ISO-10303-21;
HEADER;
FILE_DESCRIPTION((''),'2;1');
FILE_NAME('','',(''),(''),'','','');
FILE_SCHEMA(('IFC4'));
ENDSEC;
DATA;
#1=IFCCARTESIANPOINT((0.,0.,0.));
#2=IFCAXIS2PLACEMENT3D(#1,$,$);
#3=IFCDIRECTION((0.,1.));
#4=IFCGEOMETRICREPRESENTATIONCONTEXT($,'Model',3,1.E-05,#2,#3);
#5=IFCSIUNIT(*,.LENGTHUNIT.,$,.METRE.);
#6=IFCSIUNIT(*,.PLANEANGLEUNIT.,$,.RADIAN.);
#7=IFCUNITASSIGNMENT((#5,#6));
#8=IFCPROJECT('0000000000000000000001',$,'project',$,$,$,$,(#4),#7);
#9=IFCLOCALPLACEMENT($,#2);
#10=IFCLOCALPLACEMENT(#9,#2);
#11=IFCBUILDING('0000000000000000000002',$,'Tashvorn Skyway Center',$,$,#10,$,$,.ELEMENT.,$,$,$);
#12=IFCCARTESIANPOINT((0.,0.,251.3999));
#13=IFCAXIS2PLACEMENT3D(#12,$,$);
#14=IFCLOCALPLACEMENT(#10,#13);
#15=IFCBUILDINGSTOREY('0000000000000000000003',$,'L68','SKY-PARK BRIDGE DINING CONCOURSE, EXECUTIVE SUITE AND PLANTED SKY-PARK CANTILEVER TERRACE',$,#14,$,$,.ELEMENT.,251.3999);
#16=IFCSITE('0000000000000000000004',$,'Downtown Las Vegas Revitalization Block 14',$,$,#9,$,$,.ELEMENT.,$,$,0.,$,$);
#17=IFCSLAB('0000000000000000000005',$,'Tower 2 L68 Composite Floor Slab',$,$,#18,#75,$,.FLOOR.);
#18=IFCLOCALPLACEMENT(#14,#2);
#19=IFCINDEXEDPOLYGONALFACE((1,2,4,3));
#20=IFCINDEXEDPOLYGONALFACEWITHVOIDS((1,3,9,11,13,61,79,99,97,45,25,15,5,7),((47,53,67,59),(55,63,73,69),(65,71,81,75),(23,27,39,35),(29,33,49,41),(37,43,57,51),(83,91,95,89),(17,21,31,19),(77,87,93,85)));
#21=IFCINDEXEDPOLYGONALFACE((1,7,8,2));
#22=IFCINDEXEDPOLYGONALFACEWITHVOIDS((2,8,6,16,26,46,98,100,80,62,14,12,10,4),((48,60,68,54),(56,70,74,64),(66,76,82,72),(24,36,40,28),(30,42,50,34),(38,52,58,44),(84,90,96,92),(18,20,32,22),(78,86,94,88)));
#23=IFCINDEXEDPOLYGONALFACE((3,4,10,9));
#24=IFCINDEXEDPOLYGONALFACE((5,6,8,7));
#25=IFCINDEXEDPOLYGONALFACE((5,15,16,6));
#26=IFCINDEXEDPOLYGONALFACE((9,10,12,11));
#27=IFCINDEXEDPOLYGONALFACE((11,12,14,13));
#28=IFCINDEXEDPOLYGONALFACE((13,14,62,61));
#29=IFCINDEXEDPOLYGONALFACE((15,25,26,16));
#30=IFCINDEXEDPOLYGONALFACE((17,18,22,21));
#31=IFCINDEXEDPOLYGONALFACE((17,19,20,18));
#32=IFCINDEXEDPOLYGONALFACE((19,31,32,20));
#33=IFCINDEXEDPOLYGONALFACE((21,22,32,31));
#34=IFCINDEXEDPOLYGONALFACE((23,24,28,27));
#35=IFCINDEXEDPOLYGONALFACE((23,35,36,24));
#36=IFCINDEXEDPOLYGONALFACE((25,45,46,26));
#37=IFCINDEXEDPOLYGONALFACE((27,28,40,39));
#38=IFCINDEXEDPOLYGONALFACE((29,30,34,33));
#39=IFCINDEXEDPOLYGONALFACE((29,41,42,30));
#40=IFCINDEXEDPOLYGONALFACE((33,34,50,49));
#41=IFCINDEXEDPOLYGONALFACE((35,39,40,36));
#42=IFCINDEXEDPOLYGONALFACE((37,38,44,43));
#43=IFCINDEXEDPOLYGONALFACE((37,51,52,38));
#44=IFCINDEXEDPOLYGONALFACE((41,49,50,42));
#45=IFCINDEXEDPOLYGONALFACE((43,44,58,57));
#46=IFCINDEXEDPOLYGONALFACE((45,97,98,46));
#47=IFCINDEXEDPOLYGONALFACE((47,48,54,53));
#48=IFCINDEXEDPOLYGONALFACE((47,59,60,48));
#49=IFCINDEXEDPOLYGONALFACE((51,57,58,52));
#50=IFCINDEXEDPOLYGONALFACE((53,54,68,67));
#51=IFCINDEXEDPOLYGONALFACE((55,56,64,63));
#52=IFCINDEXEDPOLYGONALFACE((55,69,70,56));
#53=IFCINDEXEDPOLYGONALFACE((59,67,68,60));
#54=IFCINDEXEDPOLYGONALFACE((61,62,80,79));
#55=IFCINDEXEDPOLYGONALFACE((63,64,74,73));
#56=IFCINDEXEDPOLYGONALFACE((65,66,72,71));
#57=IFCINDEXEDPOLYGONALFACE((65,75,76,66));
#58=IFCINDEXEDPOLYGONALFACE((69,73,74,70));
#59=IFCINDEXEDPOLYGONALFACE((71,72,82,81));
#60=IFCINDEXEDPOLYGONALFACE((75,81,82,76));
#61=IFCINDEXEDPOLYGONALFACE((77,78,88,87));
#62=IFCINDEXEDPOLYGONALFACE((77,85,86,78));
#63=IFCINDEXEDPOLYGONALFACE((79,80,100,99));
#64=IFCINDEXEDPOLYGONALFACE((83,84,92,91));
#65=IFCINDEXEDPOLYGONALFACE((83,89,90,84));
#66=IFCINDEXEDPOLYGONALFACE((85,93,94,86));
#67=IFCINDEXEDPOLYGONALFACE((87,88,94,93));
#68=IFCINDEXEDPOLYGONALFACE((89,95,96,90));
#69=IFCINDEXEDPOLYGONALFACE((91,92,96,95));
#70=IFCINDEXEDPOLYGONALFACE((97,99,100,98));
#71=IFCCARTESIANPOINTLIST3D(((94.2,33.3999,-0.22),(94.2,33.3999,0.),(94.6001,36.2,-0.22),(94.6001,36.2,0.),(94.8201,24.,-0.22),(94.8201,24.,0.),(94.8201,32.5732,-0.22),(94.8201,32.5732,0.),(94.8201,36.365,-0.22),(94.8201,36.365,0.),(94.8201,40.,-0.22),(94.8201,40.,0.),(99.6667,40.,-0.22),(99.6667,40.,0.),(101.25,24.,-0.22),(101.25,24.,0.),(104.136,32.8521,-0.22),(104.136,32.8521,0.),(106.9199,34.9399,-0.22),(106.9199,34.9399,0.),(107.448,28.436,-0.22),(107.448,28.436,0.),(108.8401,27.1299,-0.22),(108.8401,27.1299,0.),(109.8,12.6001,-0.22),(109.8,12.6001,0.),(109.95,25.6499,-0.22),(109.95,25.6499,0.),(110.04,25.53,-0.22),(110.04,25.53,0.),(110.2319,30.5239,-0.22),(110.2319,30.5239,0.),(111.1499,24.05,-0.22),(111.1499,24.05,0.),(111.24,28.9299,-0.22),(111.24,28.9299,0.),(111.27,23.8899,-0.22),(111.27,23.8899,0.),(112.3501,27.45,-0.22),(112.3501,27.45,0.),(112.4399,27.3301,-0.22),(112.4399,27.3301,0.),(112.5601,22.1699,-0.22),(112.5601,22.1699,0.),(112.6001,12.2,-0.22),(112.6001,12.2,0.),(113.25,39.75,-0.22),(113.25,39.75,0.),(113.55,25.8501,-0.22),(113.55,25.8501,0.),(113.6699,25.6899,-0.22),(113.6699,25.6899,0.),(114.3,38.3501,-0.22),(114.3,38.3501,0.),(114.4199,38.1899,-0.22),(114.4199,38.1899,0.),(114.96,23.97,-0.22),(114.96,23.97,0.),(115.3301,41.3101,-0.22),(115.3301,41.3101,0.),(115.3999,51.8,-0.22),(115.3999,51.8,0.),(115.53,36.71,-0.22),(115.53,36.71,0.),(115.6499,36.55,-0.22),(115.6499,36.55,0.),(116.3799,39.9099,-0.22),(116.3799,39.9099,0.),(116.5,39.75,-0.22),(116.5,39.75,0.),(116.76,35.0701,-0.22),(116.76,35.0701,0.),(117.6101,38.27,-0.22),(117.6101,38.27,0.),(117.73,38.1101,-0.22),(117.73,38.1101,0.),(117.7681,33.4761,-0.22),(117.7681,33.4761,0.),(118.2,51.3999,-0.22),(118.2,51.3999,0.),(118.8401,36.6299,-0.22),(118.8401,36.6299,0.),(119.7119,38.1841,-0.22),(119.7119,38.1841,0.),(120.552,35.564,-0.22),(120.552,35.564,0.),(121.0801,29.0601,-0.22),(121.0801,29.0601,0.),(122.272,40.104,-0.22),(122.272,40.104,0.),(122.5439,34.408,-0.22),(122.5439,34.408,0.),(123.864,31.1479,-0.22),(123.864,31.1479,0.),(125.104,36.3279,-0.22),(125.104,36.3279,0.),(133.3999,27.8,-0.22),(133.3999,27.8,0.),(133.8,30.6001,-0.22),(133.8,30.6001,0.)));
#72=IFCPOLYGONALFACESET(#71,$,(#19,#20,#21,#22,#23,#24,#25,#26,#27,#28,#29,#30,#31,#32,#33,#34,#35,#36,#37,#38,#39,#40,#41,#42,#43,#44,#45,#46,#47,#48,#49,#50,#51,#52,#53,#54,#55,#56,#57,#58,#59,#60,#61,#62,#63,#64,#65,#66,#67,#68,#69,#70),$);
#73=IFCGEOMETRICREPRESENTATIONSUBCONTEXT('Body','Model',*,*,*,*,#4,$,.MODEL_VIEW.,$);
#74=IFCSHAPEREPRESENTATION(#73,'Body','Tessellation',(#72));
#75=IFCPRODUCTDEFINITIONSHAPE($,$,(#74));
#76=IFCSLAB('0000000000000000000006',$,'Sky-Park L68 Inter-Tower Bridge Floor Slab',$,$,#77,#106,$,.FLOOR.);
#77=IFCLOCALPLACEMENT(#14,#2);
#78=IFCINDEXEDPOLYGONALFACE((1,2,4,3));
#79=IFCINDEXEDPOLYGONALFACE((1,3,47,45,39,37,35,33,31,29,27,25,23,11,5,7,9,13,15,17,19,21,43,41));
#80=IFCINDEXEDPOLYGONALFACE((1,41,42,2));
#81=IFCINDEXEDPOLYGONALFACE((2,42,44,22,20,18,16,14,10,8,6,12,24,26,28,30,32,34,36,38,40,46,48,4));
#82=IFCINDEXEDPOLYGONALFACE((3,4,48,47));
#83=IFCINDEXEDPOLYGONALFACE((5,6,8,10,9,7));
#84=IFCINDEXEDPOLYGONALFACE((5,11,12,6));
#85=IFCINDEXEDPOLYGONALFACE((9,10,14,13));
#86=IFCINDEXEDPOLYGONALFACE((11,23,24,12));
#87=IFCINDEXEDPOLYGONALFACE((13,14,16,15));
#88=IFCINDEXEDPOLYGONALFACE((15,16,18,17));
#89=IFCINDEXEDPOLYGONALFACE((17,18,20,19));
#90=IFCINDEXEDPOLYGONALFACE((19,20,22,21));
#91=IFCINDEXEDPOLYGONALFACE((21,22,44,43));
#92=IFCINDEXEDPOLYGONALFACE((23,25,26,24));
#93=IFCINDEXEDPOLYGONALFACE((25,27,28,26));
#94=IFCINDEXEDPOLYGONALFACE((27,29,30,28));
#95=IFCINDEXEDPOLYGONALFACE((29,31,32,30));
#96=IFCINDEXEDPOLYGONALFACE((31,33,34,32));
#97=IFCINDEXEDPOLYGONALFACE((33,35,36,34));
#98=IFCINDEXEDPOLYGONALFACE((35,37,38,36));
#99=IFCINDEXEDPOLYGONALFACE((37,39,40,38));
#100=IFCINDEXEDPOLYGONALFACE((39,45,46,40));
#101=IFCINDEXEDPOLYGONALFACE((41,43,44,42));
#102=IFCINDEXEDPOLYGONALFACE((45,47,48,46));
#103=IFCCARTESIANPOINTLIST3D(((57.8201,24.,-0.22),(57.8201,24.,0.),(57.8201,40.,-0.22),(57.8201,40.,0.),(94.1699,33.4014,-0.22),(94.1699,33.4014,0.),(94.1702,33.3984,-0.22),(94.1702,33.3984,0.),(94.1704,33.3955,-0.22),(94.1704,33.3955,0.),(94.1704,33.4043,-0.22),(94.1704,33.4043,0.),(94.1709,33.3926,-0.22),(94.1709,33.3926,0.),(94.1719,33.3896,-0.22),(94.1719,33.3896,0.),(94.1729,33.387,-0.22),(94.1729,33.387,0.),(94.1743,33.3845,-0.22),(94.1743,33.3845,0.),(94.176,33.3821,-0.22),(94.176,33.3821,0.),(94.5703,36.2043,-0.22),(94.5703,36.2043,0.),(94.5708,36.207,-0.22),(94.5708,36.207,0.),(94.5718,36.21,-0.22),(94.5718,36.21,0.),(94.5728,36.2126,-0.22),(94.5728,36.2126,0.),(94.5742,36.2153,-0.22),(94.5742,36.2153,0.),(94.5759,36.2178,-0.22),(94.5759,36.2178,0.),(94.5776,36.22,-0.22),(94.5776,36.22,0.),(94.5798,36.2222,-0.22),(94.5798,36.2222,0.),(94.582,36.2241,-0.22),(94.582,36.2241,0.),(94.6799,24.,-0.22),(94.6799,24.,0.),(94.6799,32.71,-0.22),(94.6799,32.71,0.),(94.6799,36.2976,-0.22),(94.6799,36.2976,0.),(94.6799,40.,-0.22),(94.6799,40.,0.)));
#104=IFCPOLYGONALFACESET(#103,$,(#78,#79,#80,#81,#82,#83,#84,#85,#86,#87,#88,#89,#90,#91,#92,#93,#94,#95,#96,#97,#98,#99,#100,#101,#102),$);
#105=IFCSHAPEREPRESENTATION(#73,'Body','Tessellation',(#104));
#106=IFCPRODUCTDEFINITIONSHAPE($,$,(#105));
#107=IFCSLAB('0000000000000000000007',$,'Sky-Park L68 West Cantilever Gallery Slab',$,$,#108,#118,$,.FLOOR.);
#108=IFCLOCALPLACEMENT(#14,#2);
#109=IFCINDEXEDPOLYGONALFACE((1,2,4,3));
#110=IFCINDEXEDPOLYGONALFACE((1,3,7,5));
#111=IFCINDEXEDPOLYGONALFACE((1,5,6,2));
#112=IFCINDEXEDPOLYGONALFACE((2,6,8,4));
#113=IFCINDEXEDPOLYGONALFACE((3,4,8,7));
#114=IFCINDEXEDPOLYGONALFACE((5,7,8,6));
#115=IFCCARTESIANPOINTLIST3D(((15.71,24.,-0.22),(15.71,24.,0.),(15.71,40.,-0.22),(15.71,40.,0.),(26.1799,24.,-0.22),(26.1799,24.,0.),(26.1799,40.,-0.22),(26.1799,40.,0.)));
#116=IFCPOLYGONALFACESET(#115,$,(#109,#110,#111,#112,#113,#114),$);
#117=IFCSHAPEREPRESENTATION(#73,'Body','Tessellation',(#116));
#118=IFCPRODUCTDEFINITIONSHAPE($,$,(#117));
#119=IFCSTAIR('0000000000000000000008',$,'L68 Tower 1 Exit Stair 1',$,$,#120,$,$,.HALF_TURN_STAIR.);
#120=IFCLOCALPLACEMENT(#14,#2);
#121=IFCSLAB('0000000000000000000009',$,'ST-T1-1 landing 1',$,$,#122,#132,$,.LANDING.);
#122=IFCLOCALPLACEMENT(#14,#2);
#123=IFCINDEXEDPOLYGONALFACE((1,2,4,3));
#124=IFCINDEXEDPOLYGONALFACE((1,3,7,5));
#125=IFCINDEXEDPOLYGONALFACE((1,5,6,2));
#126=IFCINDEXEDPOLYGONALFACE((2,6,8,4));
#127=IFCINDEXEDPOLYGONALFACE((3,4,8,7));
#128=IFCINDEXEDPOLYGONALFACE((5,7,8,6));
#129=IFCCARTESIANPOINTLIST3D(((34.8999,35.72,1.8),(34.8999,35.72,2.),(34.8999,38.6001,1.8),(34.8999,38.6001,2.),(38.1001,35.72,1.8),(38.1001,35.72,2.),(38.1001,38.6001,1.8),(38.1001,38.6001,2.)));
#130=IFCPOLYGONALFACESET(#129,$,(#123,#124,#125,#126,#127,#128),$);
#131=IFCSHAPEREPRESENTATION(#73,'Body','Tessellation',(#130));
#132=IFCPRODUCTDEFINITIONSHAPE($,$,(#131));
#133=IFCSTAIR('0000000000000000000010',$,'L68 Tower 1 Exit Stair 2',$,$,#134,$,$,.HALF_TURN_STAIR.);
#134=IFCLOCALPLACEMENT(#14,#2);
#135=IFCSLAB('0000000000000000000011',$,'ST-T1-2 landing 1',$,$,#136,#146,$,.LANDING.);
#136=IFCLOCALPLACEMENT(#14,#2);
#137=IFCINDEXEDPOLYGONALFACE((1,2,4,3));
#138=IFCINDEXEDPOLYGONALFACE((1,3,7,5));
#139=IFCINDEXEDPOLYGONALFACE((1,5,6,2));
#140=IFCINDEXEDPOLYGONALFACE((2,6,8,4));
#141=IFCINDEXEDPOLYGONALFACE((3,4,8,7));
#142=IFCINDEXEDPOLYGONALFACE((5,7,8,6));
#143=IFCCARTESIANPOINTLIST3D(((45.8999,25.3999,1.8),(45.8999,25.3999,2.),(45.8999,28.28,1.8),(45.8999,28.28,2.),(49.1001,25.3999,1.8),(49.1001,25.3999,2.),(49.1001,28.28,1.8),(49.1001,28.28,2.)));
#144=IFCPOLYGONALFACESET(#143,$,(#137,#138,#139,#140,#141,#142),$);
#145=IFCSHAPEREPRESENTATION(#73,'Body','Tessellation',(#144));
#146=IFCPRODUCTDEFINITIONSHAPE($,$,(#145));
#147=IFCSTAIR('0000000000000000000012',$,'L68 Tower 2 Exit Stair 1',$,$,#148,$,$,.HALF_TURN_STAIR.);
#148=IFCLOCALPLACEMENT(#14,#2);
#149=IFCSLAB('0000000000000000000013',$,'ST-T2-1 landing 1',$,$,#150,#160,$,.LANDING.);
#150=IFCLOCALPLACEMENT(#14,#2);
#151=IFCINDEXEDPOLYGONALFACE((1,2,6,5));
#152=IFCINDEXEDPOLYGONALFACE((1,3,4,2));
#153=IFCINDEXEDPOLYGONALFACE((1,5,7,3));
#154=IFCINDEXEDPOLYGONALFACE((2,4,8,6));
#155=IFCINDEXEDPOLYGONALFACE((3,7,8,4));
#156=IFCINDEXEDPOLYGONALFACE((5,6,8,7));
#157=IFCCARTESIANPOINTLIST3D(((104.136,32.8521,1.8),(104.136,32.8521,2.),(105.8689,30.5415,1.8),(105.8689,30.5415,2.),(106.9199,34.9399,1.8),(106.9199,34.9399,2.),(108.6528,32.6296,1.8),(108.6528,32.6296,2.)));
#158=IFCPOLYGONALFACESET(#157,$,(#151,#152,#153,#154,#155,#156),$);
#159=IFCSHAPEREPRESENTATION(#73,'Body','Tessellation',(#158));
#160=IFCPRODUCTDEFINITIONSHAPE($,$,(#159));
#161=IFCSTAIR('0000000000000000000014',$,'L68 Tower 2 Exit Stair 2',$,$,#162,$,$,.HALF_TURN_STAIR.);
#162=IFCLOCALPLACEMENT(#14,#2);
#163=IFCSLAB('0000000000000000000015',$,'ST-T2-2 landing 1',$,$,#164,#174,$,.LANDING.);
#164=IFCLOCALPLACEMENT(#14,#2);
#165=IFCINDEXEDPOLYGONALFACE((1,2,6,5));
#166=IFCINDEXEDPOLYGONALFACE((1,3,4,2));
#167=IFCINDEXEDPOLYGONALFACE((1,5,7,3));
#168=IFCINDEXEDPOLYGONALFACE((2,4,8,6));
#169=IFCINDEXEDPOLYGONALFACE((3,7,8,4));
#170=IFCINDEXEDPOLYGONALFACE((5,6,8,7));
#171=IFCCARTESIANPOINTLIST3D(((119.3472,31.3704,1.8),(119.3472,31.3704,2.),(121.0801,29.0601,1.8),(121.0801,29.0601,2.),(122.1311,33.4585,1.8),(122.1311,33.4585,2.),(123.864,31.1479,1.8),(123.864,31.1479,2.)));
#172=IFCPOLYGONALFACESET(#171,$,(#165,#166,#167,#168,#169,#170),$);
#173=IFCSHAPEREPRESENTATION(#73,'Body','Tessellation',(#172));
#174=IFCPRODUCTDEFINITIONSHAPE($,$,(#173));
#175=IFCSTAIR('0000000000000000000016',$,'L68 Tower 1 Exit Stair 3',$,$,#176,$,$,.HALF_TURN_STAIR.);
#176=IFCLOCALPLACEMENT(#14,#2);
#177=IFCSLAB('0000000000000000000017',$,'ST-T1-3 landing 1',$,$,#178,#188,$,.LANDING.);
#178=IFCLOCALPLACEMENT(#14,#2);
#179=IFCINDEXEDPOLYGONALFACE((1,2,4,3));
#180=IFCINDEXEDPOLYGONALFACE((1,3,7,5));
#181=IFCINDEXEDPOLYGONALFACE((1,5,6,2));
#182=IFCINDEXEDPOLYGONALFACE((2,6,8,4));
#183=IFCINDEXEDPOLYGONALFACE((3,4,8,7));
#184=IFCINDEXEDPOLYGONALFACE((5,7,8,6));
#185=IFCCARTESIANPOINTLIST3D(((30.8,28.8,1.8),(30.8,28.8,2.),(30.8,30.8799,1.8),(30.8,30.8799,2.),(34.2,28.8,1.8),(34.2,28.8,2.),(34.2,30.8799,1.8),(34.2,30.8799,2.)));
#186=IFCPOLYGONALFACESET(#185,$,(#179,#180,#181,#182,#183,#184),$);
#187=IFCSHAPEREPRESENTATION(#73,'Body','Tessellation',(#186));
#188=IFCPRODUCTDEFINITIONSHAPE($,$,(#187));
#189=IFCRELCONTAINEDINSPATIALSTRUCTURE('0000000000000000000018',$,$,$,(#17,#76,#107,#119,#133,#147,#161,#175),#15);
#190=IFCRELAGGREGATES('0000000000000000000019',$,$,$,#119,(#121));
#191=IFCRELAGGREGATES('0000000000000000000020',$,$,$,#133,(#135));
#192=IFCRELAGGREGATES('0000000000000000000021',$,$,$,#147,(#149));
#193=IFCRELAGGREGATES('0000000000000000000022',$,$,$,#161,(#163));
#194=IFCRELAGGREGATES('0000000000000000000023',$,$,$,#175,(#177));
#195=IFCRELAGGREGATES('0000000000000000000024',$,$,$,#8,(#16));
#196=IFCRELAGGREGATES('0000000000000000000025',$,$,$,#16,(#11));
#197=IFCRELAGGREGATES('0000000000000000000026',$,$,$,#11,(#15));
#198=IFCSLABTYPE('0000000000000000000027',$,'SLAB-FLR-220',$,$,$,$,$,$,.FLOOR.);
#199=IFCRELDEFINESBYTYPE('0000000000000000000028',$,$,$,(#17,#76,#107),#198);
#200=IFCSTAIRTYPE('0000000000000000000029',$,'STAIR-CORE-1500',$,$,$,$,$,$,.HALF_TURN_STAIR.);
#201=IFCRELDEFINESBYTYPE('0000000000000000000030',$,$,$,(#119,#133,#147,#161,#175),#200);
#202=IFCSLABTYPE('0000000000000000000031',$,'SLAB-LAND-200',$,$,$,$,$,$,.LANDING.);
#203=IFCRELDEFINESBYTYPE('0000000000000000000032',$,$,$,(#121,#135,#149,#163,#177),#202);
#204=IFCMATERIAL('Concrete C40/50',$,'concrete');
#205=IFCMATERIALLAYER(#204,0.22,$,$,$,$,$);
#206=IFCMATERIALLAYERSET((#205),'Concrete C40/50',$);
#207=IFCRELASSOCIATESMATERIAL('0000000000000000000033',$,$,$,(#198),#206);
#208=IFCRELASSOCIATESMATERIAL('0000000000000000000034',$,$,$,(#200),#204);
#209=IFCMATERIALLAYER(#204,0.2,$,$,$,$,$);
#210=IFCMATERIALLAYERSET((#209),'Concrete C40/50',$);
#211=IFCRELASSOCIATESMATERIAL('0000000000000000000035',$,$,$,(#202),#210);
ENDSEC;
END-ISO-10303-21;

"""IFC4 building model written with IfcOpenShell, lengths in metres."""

from ifc_helpers import new_model, si_unit, direction, frame, origin, place, context, subcontext, project, spatial, polyline, outline, extrude, material, layer, layer_set, type_object, element, aggregate, save


model = new_model("IFC4")

# Units and contexts
model_context = context("Model", 3, precision=1e-05, world=origin(), true_north=direction((0.0, 1.0)))
body_context = subcontext(model_context, "Body", "Model", "MODEL_VIEW")
ifc_project = project(units=[si_unit("LENGTHUNIT", "METRE"), si_unit("PLANEANGLEUNIT", "RADIAN")], contexts=[model_context])

# Site, building, storey
site_placement = place(None, origin())
site = spatial("IfcSite", under=ifc_project, at=site_placement, Name="Downtown Las Vegas Revitalization Block 14", CompositionType="ELEMENT", RefElevation=0.0)
building_placement = place(site_placement, origin())
building = spatial("IfcBuilding", under=site, at=building_placement, Name="Tashvorn Skyway Center", CompositionType="ELEMENT")
storey_placement = place(building_placement, frame((0.0, 0.0, 251.3999)))
storey = spatial("IfcBuildingStorey", under=building, at=storey_placement, Name="L68", Description="SKY-PARK BRIDGE DINING CONCOURSE, EXECUTIVE SUITE AND PLANTED SKY-PARK CANTILEVER TERRACE", CompositionType="ELEMENT", Elevation=251.3999)

# Slabs
ifc_material_1 = material(Name="Concrete C40/50", Category="concrete")
ifc_layer_1 = layer(ifc_material_1, 0.22)
ifc_layer_set_1 = layer_set([ifc_layer_1], Name="Concrete C40/50")
slab_type_1 = type_object("IfcSlabType", Name="SLAB-FLR-220", PredefinedType="FLOOR", material=ifc_layer_set_1)
slab_1_placement = place(storey_placement, frame((0.0, 0.0, -0.22)))
element("IfcSlab", 1, at=slab_1_placement, inside=storey, type_object=slab_type_1, Name="Tower 2 L68 Composite Floor Slab", PredefinedType="FLOOR", context=body_context, shape_type="SweptSolid", body=[
    extrude(outline(polyline([(115.3999, 51.8), (118.2, 51.3999), (133.8, 30.6001), (133.3999, 27.8), (112.6001, 12.2), (109.8, 12.6001), (101.25, 24.0), (94.8201, 24.0), (94.8201, 32.5732), (94.2, 33.3999), (94.6001, 36.2), (94.8201, 36.365), (94.8201, 40.0), (99.6667, 40.0), (115.3999, 51.8)]), holes=[polyline([(110.2319, 30.5239), (106.9199, 34.9399), (104.136, 32.8521), (107.448, 28.436), (110.2319, 30.5239)]), polyline([(117.7681, 33.4761), (121.0801, 29.0601), (123.864, 31.1479), (120.552, 35.564), (117.7681, 33.4761)]), polyline([(119.7119, 38.1841), (122.5439, 34.408), (125.104, 36.3279), (122.272, 40.104), (119.7119, 38.1841)]), polyline([(109.95, 25.6499), (112.3501, 27.45), (111.24, 28.9299), (108.8401, 27.1299), (109.95, 25.6499)]), polyline([(111.1499, 24.05), (113.55, 25.8501), (112.4399, 27.3301), (110.04, 25.53), (111.1499, 24.05)]), polyline([(112.5601, 22.1699), (114.96, 23.97), (113.6699, 25.6899), (111.27, 23.8899), (112.5601, 22.1699)]), polyline([(116.76, 35.0701), (118.8401, 36.6299), (117.73, 38.1101), (115.6499, 36.55), (116.76, 35.0701)]), polyline([(115.53, 36.71), (117.6101, 38.27), (116.5, 39.75), (114.4199, 38.1899), (115.53, 36.71)]), polyline([(114.3, 38.3501), (116.3799, 39.9099), (115.3301, 41.3101), (113.25, 39.75), (114.3, 38.3501)])]), origin(), (0.0, 0.0, 1.0), 0.22),
])
slab_2_placement = place(storey_placement, frame((0.0, 0.0, -0.22)))
element("IfcSlab", 2, at=slab_2_placement, inside=storey, type_object=slab_type_1, Name="Sky-Park L68 Inter-Tower Bridge Floor Slab", PredefinedType="FLOOR", context=body_context, shape_type="SweptSolid", body=[
    extrude(outline(polyline([(94.6799, 24.0), (57.8201, 24.0), (57.8201, 40.0), (94.6799, 40.0), (94.6799, 36.2976), (94.582, 36.2241), (94.5798, 36.2222), (94.5776, 36.22), (94.5759, 36.2178), (94.5742, 36.2153), (94.5728, 36.2126), (94.5718, 36.21), (94.5708, 36.207), (94.5703, 36.2043), (94.1704, 33.4043), (94.1699, 33.4014), (94.1702, 33.3984), (94.1704, 33.3955), (94.1709, 33.3926), (94.1719, 33.3896), (94.1729, 33.387), (94.1743, 33.3845), (94.176, 33.3821), (94.6799, 32.71), (94.6799, 24.0)])), origin(), (0.0, 0.0, 1.0), 0.22),
])
slab_3_placement = place(storey_placement, frame((0.0, 0.0, -0.22)))
element("IfcSlab", 3, at=slab_3_placement, inside=storey, type_object=slab_type_1, Name="Sky-Park L68 West Cantilever Gallery Slab", PredefinedType="FLOOR", context=body_context, shape_type="SweptSolid", body=[
    extrude(outline(polyline([(15.71, 24.0), (26.1799, 24.0), (26.1799, 40.0), (15.71, 40.0), (15.71, 24.0)])), origin(), (0.0, 0.0, 1.0), 0.22),
])

# Stairs, slabs
stair_type = type_object("IfcStairType", Name="STAIR-CORE-1500", PredefinedType="HALF_TURN_STAIR", material=ifc_material_1)
stair_1_placement = place(storey_placement, origin())
stair_1 = element("IfcStair", 4, at=stair_1_placement, inside=storey, type_object=stair_type, Name="L68 Tower 1 Exit Stair 1", PredefinedType="HALF_TURN_STAIR")
ifc_layer_2 = layer(ifc_material_1, 0.2)
ifc_layer_set_2 = layer_set([ifc_layer_2], Name="Concrete C40/50")
slab_type_2 = type_object("IfcSlabType", Name="SLAB-LAND-200", PredefinedType="LANDING", material=ifc_layer_set_2)
slab_4_placement = place(storey_placement, frame((0.0, 0.0, 1.8)))
slab_4 = element("IfcSlab", 5, at=slab_4_placement, type_object=slab_type_2, Name="ST-T1-1 landing 1", PredefinedType="LANDING", context=body_context, shape_type="SweptSolid", body=[
    extrude(outline(polyline([(38.1001, 35.72), (38.1001, 38.6001), (34.8999, 38.6001), (34.8999, 35.72), (38.1001, 35.72)])), origin(), (0.0, 0.0, 1.0), 0.2),
])
aggregate(stair_1, [slab_4])
stair_2_placement = place(storey_placement, origin())
stair_2 = element("IfcStair", 6, at=stair_2_placement, inside=storey, type_object=stair_type, Name="L68 Tower 1 Exit Stair 2", PredefinedType="HALF_TURN_STAIR")
slab_5_placement = place(storey_placement, frame((0.0, 0.0, 1.8)))
slab_5 = element("IfcSlab", 7, at=slab_5_placement, type_object=slab_type_2, Name="ST-T1-2 landing 1", PredefinedType="LANDING", context=body_context, shape_type="SweptSolid", body=[
    extrude(outline(polyline([(45.8999, 28.28), (45.8999, 25.3999), (49.1001, 25.3999), (49.1001, 28.28), (45.8999, 28.28)])), origin(), (0.0, 0.0, 1.0), 0.2),
])
aggregate(stair_2, [slab_5])
stair_3_placement = place(storey_placement, origin())
stair_3 = element("IfcStair", 8, at=stair_3_placement, inside=storey, type_object=stair_type, Name="L68 Tower 2 Exit Stair 1", PredefinedType="HALF_TURN_STAIR")
slab_6_placement = place(storey_placement, frame((0.0, 0.0, 1.8)))
slab_6 = element("IfcSlab", 9, at=slab_6_placement, type_object=slab_type_2, Name="ST-T2-1 landing 1", PredefinedType="LANDING", context=body_context, shape_type="SweptSolid", body=[
    extrude(outline(polyline([(108.6528, 32.6296), (106.9199, 34.9399), (104.136, 32.8521), (105.8689, 30.5415), (108.6528, 32.6296)])), origin(), (0.0, 0.0, 1.0), 0.2),
])
aggregate(stair_3, [slab_6])
stair_4_placement = place(storey_placement, origin())
stair_4 = element("IfcStair", 10, at=stair_4_placement, inside=storey, type_object=stair_type, Name="L68 Tower 2 Exit Stair 2", PredefinedType="HALF_TURN_STAIR")
slab_7_placement = place(storey_placement, frame((0.0, 0.0, 1.8)))
slab_7 = element("IfcSlab", 11, at=slab_7_placement, type_object=slab_type_2, Name="ST-T2-2 landing 1", PredefinedType="LANDING", context=body_context, shape_type="SweptSolid", body=[
    extrude(outline(polyline([(119.3472, 31.3704), (121.0801, 29.0601), (123.864, 31.1479), (122.1311, 33.4585), (119.3472, 31.3704)])), origin(), (0.0, 0.0, 1.0), 0.2),
])
aggregate(stair_4, [slab_7])
stair_5_placement = place(storey_placement, origin())
stair_5 = element("IfcStair", 12, at=stair_5_placement, inside=storey, type_object=stair_type, Name="L68 Tower 1 Exit Stair 3", PredefinedType="HALF_TURN_STAIR")
slab_8_placement = place(storey_placement, frame((0.0, 0.0, 1.8)))
slab_8 = element("IfcSlab", 13, at=slab_8_placement, type_object=slab_type_2, Name="ST-T1-3 landing 1", PredefinedType="LANDING", context=body_context, shape_type="SweptSolid", body=[
    extrude(outline(polyline([(30.8, 30.8799), (30.8, 28.8), (34.2, 28.8), (34.2, 30.8799), (30.8, 30.8799)])), origin(), (0.0, 0.0, 1.0), 0.2),
])
aggregate(stair_5, [slab_8])

save(model, "model.ifc")
